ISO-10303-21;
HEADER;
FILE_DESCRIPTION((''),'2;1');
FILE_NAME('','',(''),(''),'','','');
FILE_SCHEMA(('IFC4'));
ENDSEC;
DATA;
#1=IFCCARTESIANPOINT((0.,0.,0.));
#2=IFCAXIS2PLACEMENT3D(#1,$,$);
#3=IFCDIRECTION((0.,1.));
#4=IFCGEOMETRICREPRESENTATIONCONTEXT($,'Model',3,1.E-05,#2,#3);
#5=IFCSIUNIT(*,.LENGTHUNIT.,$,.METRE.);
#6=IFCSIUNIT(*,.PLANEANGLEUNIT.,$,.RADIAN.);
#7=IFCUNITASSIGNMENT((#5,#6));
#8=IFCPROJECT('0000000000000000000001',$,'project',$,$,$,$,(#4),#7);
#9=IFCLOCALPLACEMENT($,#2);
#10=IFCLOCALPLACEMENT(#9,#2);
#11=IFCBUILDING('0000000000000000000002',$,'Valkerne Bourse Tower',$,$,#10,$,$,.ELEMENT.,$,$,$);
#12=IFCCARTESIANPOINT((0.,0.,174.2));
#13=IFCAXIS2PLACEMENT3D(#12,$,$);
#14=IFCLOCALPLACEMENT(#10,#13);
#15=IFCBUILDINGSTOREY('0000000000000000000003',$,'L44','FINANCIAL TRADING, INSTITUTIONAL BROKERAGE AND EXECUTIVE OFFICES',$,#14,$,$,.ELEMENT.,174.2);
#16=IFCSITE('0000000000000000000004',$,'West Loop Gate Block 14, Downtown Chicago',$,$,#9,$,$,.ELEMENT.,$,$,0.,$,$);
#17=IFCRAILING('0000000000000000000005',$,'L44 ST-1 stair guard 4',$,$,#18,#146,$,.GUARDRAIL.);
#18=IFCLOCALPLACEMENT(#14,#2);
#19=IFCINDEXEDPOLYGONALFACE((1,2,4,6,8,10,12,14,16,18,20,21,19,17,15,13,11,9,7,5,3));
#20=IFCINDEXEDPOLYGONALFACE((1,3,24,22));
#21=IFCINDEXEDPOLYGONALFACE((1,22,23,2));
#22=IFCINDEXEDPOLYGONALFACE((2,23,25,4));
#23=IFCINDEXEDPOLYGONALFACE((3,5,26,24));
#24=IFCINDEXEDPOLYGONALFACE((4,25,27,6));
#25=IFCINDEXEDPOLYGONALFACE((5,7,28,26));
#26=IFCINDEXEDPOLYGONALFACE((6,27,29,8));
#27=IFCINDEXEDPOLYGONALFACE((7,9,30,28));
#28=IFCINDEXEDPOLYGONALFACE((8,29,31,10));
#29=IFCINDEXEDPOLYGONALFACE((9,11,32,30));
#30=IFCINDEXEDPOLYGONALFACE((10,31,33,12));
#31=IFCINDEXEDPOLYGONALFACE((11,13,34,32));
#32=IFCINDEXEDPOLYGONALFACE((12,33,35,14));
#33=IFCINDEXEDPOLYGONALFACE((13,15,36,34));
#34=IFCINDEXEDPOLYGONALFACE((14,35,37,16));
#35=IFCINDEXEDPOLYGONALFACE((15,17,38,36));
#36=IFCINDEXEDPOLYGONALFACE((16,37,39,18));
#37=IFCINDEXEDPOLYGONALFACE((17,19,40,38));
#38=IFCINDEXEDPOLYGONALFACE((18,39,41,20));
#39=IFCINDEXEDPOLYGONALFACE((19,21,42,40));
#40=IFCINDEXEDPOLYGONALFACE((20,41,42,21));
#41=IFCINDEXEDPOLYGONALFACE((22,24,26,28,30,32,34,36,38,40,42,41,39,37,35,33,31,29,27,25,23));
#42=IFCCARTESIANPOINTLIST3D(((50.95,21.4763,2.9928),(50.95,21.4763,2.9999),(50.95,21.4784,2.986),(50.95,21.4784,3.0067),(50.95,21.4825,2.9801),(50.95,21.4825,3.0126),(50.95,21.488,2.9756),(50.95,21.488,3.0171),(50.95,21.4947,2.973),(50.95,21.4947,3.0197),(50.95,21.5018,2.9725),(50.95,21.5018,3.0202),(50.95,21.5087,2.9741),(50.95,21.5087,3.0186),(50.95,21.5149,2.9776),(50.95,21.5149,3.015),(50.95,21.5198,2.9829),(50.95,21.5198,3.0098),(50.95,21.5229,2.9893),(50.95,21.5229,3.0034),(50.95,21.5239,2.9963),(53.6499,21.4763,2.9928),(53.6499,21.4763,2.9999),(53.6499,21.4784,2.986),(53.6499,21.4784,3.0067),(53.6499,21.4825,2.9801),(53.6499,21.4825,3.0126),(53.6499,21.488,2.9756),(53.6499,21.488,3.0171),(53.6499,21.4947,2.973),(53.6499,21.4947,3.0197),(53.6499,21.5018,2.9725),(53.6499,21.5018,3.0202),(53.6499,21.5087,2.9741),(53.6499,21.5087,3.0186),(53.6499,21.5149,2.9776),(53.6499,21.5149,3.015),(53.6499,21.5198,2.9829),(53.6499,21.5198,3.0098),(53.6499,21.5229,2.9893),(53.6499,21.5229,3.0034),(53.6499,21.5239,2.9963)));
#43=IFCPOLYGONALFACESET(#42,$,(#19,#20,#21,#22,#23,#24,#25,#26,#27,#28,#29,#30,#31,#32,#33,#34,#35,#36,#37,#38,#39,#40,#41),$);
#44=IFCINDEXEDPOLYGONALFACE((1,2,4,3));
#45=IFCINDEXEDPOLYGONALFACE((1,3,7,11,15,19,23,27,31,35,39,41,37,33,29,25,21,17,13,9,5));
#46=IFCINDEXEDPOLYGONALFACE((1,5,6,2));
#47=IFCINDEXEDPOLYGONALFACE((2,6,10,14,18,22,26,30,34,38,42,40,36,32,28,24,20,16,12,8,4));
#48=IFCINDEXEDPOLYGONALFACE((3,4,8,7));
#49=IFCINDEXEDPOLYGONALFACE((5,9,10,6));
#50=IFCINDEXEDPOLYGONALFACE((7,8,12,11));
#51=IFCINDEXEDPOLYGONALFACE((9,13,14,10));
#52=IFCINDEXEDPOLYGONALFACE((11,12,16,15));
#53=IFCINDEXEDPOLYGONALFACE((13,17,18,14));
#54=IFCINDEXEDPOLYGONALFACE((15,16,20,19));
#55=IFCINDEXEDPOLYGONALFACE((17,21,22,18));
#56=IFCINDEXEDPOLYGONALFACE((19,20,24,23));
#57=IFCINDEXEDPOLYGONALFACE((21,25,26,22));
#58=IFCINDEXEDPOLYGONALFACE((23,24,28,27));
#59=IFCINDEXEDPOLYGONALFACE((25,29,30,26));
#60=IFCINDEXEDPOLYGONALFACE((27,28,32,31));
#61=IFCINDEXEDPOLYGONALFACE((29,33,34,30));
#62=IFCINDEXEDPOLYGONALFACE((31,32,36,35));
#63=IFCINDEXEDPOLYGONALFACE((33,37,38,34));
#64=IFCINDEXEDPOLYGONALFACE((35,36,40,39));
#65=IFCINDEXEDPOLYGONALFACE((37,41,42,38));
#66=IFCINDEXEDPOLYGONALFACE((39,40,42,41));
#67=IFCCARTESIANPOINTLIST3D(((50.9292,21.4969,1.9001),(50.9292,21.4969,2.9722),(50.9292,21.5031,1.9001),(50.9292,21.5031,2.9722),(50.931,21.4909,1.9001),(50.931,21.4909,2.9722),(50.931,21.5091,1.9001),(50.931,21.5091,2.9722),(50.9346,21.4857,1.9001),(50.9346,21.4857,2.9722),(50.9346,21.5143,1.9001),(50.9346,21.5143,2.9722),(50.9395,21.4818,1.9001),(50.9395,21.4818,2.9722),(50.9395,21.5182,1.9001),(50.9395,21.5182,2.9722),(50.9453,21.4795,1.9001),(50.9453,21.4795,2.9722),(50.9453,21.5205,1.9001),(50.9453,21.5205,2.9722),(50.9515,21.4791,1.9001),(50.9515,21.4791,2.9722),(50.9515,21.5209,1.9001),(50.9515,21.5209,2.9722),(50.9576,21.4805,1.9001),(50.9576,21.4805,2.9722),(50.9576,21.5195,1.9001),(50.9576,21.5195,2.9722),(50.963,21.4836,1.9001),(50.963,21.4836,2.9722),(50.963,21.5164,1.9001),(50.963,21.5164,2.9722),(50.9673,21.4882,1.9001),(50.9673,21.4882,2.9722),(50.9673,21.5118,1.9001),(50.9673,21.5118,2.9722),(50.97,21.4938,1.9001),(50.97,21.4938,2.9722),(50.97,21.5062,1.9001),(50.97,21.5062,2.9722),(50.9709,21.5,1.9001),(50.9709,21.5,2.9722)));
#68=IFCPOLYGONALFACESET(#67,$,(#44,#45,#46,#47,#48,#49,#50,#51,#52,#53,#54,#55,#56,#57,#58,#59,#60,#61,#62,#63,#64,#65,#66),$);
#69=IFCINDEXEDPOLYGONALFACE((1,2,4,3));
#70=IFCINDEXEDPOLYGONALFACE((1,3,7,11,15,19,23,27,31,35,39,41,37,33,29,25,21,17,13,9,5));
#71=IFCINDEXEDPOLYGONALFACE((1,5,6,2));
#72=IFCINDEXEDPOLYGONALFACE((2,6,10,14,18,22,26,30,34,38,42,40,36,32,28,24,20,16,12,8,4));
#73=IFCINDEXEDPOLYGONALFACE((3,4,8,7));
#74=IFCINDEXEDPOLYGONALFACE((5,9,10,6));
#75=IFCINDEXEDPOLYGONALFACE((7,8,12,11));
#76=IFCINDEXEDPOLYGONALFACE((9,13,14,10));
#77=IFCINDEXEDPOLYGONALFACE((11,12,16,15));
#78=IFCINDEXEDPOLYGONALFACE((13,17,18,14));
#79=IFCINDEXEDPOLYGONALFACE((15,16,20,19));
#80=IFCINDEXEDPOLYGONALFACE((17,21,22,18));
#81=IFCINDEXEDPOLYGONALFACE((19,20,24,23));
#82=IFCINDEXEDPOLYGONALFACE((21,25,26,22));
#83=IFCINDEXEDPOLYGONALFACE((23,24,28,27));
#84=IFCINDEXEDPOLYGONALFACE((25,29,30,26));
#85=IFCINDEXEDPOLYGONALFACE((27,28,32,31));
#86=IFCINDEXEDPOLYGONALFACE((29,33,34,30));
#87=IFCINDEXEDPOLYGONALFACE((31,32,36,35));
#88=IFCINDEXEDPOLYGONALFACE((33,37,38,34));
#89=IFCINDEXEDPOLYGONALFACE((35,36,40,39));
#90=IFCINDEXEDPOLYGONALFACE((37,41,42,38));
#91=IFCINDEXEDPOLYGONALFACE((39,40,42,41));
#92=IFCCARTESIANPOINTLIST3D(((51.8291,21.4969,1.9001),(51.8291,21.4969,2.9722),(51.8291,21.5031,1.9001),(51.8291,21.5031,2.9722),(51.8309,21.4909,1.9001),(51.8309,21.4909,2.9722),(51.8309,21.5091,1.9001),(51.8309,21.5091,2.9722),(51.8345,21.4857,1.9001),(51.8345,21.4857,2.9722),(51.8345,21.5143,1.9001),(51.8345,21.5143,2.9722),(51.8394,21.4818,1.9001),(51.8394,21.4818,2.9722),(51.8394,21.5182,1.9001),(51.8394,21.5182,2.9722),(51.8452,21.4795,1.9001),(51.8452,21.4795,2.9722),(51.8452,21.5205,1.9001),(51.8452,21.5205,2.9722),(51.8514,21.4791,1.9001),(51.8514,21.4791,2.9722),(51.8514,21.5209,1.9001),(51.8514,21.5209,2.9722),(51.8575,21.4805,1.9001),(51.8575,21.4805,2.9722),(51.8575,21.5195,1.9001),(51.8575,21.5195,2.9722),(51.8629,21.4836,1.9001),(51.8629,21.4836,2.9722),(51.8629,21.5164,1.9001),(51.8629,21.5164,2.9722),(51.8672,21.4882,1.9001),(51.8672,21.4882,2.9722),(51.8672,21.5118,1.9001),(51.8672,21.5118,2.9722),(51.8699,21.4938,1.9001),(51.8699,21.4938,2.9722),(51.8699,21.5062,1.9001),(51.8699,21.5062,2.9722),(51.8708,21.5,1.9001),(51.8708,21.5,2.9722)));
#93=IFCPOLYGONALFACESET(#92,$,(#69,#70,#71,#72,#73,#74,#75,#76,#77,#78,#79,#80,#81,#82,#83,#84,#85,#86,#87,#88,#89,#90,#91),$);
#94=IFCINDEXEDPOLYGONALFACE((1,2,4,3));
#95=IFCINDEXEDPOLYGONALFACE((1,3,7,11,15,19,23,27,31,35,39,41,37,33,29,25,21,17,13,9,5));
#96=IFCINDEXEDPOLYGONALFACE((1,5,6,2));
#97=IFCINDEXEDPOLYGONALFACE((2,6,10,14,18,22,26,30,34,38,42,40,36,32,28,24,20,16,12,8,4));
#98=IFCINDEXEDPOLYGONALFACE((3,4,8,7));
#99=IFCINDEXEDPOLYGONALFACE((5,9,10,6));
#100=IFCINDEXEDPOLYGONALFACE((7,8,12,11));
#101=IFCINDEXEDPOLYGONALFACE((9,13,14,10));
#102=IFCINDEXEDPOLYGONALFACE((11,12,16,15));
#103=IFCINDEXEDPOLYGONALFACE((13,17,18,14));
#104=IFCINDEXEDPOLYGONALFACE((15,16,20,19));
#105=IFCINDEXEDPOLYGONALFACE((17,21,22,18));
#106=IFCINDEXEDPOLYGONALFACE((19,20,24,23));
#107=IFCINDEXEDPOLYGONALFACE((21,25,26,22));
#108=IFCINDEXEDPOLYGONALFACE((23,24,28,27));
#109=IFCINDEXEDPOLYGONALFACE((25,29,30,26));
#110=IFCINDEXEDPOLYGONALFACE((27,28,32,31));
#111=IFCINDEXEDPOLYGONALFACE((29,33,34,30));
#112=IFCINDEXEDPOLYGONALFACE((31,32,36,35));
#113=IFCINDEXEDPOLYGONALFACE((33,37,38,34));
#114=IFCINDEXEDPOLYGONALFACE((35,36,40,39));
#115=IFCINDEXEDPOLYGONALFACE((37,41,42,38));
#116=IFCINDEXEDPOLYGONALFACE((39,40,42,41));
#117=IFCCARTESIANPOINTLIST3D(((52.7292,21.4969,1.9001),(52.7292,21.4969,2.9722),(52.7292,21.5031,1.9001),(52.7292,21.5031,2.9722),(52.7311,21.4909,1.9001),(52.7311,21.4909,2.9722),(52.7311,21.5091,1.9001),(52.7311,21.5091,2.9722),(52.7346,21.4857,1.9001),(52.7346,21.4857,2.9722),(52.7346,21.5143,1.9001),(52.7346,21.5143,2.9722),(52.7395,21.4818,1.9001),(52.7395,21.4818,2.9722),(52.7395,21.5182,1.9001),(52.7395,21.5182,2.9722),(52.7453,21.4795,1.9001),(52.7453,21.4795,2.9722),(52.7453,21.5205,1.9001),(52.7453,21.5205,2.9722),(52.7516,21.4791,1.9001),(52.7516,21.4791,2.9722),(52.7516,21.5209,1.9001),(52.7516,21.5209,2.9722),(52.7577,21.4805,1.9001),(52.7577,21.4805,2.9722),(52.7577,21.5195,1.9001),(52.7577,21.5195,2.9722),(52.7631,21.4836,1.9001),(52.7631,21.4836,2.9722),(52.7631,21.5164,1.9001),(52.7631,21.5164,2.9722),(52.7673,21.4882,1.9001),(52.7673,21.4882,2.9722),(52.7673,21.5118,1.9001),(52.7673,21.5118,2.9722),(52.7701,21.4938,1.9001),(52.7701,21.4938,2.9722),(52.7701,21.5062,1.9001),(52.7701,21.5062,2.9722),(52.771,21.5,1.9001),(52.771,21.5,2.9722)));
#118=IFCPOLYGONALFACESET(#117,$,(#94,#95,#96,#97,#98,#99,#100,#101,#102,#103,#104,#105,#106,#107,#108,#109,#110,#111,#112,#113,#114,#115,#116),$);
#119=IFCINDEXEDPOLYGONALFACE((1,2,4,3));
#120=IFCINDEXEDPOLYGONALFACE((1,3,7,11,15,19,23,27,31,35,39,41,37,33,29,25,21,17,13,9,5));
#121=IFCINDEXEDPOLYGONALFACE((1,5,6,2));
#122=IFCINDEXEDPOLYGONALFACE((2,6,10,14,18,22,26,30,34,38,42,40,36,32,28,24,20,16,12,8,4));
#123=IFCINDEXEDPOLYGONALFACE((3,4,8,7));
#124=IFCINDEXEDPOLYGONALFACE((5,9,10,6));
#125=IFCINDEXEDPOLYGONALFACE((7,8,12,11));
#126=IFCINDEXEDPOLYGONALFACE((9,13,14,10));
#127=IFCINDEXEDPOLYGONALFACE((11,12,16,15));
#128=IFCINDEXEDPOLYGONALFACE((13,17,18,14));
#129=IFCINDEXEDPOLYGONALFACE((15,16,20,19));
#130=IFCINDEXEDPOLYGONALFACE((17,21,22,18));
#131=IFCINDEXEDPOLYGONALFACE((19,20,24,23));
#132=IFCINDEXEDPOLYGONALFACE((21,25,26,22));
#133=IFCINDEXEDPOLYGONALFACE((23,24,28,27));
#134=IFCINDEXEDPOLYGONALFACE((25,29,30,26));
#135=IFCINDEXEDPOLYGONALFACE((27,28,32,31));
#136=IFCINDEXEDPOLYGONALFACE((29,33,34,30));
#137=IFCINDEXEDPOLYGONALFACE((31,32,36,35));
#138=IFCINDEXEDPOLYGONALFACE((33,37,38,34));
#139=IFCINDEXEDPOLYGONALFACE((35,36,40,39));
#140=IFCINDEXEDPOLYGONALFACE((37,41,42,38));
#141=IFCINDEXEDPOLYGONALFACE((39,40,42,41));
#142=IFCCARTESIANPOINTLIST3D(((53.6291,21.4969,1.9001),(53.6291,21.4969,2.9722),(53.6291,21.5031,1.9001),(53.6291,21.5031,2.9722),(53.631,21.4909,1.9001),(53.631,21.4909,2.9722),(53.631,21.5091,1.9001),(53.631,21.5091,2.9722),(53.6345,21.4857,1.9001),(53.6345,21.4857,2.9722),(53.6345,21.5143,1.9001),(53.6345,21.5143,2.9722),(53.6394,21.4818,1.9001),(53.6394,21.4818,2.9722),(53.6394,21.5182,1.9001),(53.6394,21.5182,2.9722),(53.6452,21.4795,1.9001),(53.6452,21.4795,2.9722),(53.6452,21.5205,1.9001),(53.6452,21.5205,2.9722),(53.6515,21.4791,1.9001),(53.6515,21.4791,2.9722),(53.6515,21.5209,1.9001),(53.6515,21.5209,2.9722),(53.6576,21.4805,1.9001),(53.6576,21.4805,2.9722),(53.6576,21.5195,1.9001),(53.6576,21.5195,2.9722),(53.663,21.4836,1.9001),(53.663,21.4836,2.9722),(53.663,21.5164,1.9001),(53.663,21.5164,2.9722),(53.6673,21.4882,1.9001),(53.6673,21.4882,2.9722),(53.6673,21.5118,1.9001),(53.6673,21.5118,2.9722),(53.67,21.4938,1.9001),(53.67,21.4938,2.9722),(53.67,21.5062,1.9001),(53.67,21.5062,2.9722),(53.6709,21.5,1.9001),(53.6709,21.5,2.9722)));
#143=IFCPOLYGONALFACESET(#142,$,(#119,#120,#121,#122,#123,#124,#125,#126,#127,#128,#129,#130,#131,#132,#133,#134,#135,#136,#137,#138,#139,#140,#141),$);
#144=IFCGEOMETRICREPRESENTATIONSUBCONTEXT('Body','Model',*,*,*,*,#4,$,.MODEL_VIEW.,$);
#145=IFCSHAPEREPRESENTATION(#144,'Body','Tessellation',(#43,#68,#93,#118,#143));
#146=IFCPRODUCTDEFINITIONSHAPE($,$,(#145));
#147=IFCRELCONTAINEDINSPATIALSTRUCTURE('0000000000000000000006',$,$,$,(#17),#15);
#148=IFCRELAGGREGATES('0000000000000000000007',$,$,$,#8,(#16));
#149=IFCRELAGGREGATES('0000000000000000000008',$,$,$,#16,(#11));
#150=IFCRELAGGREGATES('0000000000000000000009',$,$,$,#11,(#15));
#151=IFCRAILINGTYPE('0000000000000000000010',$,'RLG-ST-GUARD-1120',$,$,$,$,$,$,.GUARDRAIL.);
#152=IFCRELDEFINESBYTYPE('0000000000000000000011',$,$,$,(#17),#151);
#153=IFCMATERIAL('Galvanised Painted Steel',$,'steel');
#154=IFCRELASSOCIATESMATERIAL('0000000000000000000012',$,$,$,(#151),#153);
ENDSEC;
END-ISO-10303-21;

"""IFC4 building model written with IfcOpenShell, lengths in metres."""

from ifc_helpers import new_model, si_unit, direction, frame, origin, origin_2d, place, context, subcontext, project, spatial, circle, extrude, material, type_object, element, save


model = new_model("IFC4")

# Units and contexts
model_context = context("Model", 3, precision=1e-05, world=origin(), true_north=direction((0.0, 1.0)))
body_context = subcontext(model_context, "Body", "Model", "MODEL_VIEW")
ifc_project = project(units=[si_unit("LENGTHUNIT", "METRE"), si_unit("PLANEANGLEUNIT", "RADIAN")], contexts=[model_context])

# Site, building, storey
site_placement = place(None, origin())
site = spatial("IfcSite", under=ifc_project, at=site_placement, Name="West Loop Gate Block 14, Downtown Chicago", CompositionType="ELEMENT", RefElevation=0.0)
building_placement = place(site_placement, origin())
building = spatial("IfcBuilding", under=site, at=building_placement, Name="Valkerne Bourse Tower", CompositionType="ELEMENT")
storey_placement = place(building_placement, frame((0.0, 0.0, 174.2)))
storey = spatial("IfcBuildingStorey", under=building, at=storey_placement, Name="L44", Description="FINANCIAL TRADING, INSTITUTIONAL BROKERAGE AND EXECUTIVE OFFICES", CompositionType="ELEMENT", Elevation=174.2)

# Shared definitions
ifc_material_1 = material(Name="Galvanised Painted Steel", Category="steel")

# Railing
railing_type_1 = type_object("IfcRailingType", Name="RLG-ST-GUARD-1120", PredefinedType="GUARDRAIL", material=ifc_material_1)
for number, where, name in (
    (1, (50.95, 21.5, 1.9001), "L44 ST-1 stair guard 4"),
):
    element("IfcRailing", number, at=place(storey_placement, frame(where)), inside=storey, type_object=railing_type_1, Name=name, PredefinedType="GUARDRAIL", context=body_context, shape_type="SweptSolid", body=[
        extrude(circle(Radius=0.0239, at=origin_2d()), frame((0.0, 0.0, 1.0962), z_axis=(1.0, 0.0, 0.0), x_axis=(0.0, 1.0, 0.0)), (0.0, 0.0, 1.0), 2.7),
        extrude(circle(Radius=0.021, at=origin_2d()), origin(), (0.0, 0.0, 1.0), 1.072),
        extrude(circle(Radius=0.021, at=origin_2d()), frame((0.8999, 0.0, 0.0)), (0.0, 0.0, 1.0), 1.072),
        extrude(circle(Radius=0.021, at=origin_2d()), frame((1.8, 0.0, 0.0)), (0.0, 0.0, 1.0), 1.072),
        extrude(circle(Radius=0.021, at=origin_2d()), frame((2.7, 0.0, 0.0)), (0.0, 0.0, 1.0), 1.072),
    ])

save(model, "model.ifc")
